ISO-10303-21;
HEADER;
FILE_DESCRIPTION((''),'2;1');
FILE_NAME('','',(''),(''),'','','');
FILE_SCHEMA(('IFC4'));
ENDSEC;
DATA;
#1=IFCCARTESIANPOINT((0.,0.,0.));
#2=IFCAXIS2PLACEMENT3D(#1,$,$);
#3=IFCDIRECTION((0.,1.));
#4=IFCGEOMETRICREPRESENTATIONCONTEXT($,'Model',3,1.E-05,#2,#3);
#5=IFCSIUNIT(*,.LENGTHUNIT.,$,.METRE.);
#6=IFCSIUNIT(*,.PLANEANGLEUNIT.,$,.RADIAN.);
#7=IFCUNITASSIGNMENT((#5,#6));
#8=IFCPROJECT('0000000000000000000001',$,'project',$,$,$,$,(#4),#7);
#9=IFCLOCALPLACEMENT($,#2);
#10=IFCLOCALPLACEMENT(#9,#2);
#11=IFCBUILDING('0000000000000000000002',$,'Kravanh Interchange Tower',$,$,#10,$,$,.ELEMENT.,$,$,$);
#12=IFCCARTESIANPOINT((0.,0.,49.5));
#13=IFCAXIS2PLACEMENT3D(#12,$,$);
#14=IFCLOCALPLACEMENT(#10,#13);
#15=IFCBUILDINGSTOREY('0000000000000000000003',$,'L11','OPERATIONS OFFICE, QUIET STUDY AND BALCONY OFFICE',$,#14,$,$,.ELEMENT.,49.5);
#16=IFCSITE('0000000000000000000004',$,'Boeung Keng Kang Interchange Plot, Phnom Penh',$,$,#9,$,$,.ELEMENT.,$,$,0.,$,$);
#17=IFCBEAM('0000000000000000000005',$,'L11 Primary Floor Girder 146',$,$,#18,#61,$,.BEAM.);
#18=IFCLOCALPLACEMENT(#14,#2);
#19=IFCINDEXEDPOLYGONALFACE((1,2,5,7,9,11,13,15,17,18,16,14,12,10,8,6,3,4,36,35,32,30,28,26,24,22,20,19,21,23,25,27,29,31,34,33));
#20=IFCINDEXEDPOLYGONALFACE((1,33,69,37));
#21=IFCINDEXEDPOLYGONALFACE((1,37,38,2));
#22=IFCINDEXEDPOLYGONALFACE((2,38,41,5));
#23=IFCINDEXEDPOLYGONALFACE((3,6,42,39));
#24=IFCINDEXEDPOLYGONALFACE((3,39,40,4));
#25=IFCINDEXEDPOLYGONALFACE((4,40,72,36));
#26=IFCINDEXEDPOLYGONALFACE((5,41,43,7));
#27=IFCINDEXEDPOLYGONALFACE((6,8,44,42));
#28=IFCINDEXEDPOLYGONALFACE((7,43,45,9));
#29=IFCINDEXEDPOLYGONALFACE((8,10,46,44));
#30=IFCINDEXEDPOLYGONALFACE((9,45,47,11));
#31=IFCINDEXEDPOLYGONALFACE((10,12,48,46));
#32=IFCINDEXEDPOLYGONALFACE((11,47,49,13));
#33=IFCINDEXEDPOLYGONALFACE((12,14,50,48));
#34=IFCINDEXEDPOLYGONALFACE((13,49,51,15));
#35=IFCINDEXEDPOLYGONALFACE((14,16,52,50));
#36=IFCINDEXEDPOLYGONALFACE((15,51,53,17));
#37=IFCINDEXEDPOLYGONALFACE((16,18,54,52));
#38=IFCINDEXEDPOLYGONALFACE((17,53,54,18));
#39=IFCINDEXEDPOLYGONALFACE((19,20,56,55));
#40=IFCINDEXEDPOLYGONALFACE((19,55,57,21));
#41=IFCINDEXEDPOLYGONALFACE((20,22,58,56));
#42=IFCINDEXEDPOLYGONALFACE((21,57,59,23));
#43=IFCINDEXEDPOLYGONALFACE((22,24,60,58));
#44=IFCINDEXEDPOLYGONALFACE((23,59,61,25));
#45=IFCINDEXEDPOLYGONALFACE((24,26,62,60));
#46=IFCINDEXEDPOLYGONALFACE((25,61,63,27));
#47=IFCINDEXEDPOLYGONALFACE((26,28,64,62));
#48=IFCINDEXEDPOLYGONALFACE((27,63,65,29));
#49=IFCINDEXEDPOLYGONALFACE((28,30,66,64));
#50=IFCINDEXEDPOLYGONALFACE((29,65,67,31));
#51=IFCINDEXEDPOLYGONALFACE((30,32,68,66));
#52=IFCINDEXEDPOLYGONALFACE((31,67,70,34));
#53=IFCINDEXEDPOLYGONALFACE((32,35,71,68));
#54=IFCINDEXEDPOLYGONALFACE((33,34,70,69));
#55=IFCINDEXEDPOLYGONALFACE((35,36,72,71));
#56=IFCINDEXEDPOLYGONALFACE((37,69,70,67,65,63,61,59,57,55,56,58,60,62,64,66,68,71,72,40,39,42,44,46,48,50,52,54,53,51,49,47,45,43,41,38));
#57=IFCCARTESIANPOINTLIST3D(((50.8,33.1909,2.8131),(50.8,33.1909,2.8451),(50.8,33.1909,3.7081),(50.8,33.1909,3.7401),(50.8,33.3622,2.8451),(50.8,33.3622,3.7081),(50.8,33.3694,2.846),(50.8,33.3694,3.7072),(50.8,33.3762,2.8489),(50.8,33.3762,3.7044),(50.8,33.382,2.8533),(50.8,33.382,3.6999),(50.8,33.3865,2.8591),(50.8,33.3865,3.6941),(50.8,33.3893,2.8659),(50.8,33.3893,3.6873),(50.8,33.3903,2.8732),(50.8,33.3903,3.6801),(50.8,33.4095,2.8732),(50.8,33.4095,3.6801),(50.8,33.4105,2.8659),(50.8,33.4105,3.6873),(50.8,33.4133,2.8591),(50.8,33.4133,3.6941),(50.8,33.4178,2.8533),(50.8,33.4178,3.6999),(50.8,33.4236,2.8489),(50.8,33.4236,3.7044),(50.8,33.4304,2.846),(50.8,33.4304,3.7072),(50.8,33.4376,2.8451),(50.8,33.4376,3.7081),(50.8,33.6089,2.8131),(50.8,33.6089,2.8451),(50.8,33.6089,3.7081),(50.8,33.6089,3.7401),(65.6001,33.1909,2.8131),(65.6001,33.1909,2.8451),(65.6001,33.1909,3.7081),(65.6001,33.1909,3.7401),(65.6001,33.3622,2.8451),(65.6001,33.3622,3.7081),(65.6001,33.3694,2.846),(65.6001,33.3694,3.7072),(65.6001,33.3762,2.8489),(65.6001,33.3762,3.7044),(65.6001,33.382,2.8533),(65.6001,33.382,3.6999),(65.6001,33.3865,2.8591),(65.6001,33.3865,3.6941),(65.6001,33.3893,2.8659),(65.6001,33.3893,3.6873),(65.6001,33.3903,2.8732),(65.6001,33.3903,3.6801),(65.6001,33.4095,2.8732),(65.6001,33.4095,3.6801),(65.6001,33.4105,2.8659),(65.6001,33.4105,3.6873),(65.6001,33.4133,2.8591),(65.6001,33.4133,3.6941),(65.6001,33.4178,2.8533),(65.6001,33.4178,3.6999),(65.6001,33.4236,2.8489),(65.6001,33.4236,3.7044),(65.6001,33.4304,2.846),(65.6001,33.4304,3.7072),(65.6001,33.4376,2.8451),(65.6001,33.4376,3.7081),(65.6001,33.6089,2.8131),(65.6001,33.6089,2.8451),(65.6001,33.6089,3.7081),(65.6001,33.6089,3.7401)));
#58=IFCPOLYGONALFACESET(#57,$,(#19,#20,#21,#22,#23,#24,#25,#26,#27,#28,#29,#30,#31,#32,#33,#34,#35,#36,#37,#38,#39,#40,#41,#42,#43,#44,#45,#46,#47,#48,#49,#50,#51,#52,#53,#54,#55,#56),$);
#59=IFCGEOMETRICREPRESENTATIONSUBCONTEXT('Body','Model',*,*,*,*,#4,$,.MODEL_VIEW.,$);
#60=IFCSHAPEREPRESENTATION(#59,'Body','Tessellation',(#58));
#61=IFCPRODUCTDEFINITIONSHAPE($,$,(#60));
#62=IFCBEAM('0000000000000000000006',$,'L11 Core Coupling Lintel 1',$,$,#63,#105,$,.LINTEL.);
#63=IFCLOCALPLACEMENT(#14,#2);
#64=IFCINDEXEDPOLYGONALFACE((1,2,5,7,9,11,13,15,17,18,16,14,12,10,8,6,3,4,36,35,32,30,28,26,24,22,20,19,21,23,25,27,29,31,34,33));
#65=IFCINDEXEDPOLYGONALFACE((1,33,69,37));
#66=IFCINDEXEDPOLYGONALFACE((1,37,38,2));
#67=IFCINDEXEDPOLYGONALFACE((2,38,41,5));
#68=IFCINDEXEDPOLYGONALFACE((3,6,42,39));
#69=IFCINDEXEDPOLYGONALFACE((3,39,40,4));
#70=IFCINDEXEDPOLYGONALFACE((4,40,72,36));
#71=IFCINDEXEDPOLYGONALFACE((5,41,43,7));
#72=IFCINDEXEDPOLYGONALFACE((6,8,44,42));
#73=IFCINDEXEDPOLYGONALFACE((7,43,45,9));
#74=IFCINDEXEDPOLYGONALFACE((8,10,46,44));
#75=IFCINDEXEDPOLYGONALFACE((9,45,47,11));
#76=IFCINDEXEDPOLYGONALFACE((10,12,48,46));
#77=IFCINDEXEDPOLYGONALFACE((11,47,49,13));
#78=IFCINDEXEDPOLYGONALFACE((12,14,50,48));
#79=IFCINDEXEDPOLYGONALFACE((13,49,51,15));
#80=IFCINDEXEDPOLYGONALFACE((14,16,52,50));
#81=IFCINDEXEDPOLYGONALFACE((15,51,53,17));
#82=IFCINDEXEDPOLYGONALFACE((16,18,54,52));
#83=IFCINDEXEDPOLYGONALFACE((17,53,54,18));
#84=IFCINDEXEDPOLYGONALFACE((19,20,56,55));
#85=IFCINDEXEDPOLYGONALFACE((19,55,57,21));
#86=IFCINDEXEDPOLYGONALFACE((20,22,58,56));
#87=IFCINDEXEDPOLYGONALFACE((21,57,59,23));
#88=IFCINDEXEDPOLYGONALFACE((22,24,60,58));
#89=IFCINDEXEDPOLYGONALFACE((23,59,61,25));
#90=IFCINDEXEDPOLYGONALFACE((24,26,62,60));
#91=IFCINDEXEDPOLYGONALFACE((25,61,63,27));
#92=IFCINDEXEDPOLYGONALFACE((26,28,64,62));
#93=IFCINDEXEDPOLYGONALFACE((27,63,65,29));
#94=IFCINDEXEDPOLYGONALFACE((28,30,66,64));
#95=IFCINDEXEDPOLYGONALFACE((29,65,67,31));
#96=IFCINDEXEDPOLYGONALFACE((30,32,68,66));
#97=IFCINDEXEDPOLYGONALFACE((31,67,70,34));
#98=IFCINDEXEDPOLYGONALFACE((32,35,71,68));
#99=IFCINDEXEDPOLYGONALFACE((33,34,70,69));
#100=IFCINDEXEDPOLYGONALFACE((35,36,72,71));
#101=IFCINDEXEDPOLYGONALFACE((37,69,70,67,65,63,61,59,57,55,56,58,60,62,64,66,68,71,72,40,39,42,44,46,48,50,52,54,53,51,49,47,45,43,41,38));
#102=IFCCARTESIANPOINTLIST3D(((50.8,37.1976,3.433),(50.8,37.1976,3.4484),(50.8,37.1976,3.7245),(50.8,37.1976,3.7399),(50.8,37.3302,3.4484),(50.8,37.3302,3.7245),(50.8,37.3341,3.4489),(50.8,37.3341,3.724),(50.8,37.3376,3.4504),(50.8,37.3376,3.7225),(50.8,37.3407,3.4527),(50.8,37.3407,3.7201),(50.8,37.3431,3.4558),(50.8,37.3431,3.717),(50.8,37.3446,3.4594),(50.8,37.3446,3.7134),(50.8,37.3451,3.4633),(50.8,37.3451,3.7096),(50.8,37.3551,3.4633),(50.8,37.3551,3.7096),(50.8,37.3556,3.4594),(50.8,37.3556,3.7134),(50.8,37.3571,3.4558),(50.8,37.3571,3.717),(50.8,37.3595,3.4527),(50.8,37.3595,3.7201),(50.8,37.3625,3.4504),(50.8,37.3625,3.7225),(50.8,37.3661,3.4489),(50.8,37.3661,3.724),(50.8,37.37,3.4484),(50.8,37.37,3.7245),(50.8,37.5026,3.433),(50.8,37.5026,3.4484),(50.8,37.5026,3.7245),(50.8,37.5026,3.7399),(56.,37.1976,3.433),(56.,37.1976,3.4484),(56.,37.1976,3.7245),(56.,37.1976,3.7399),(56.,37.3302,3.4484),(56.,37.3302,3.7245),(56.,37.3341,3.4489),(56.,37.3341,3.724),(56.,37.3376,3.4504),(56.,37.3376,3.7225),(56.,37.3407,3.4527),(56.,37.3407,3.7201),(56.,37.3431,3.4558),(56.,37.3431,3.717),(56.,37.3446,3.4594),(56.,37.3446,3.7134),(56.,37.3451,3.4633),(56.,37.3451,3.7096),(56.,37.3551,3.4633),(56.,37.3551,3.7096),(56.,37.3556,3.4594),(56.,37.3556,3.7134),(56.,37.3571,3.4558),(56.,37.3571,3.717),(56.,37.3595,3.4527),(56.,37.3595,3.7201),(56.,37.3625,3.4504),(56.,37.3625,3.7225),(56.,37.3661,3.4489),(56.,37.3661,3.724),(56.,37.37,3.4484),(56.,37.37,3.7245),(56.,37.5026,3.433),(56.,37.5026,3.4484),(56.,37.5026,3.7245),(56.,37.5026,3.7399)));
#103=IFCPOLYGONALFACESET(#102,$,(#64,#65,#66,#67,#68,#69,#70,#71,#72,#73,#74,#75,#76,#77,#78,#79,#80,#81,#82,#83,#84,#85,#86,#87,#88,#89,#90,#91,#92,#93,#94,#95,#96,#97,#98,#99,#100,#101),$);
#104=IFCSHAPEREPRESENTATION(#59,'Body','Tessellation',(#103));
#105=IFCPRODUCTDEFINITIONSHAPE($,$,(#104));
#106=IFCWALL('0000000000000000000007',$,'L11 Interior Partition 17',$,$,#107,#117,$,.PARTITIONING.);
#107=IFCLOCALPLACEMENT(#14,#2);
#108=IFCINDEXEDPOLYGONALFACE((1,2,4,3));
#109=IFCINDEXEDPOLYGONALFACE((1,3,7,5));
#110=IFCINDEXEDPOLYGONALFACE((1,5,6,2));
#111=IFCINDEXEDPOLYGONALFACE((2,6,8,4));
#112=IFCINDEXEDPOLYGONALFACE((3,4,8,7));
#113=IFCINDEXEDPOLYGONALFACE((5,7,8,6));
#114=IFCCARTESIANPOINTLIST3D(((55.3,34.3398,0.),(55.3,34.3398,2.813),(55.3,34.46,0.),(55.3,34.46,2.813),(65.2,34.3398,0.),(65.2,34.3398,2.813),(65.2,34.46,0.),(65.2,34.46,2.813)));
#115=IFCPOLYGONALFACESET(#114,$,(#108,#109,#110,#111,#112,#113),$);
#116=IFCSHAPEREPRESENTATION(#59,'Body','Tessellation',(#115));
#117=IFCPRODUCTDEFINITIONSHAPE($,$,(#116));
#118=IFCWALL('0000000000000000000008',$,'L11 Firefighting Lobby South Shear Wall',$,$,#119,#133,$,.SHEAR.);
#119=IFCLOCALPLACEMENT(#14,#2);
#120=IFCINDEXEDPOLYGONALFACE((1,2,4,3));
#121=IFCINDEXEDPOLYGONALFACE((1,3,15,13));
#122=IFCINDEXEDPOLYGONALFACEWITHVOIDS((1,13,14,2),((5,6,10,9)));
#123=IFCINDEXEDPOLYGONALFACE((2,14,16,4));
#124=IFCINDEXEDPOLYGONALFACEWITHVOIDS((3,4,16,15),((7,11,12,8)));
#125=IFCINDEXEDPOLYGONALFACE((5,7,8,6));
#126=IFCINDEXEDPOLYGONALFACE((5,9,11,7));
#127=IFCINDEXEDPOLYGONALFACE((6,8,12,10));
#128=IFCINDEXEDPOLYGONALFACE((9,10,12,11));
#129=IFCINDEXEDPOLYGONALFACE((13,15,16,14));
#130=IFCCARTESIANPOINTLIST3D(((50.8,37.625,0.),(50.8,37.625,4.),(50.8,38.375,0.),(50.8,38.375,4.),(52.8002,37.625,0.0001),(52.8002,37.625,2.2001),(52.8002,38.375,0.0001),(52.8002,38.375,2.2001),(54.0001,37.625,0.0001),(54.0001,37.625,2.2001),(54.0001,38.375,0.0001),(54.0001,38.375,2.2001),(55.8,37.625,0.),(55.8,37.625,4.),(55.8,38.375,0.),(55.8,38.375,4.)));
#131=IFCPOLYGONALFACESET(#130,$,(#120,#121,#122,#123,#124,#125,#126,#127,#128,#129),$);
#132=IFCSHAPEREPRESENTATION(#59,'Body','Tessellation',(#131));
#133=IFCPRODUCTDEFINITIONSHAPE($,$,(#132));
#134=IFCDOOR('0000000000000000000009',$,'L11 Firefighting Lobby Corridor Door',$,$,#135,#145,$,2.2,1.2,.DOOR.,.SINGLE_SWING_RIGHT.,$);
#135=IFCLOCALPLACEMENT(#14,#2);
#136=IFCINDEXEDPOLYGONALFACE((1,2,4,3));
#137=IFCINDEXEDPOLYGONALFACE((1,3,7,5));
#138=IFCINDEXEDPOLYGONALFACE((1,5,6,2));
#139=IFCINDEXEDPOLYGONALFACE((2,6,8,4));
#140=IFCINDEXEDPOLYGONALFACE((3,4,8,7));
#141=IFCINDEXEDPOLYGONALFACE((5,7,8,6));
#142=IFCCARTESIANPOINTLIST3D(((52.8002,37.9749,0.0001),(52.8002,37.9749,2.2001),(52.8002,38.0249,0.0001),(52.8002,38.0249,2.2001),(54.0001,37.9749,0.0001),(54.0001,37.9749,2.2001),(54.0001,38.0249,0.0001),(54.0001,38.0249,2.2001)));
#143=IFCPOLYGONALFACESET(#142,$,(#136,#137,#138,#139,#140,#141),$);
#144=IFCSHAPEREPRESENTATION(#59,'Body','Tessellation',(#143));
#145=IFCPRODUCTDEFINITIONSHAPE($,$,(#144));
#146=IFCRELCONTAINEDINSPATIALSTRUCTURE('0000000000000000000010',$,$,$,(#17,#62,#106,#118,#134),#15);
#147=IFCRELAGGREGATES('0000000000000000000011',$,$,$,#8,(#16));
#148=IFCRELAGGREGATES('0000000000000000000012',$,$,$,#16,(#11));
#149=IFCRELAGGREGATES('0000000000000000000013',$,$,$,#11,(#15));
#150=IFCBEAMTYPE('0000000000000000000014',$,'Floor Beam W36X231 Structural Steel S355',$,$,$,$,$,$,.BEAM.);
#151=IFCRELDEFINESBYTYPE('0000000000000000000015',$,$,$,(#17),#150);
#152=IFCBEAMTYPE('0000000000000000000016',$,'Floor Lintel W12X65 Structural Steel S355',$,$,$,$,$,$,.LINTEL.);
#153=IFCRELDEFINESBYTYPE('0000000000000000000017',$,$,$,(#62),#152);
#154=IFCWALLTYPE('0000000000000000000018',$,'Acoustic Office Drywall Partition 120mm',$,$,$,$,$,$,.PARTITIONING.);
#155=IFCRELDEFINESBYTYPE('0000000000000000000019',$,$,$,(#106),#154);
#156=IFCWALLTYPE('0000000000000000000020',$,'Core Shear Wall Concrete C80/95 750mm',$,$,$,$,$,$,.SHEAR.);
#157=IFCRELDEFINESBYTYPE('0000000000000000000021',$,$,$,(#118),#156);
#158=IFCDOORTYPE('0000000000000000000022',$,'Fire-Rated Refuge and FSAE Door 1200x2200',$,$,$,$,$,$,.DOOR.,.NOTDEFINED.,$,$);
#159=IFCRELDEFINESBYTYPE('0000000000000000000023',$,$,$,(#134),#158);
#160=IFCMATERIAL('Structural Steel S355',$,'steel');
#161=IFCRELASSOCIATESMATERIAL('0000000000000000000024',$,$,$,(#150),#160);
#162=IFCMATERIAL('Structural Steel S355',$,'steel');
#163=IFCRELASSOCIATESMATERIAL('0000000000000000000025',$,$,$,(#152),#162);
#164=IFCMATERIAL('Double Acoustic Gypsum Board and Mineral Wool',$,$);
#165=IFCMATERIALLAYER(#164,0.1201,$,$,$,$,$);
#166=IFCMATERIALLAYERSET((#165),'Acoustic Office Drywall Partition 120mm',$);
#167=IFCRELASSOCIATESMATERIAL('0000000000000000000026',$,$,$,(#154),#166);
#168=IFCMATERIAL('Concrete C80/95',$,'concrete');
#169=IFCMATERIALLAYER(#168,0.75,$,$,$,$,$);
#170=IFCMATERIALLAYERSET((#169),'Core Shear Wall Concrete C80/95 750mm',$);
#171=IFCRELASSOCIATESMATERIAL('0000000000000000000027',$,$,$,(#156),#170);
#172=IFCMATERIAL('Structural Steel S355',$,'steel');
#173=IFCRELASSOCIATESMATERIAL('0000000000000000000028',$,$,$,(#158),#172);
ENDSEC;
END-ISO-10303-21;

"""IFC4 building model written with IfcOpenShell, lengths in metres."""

from ifc_helpers import new_model, si_unit, direction, frame, frame_2d, origin, origin_2d, place, context, subcontext, project, spatial, rectangle, i_section, extrude, material, layer, layer_set, material_profile, profile_set, type_object, element, fill, save


model = new_model("IFC4")

# Units and contexts
model_context = context("Model", 3, precision=1e-05, world=origin(), true_north=direction((0.0, 1.0)))
body_context = subcontext(model_context, "Body", "Model", "MODEL_VIEW")
ifc_project = project(units=[si_unit("LENGTHUNIT", "METRE"), si_unit("PLANEANGLEUNIT", "RADIAN")], contexts=[model_context])

# Site, building, storey
site_placement = place(None, origin())
site = spatial("IfcSite", under=ifc_project, at=site_placement, Name="Boeung Keng Kang Interchange Plot, Phnom Penh", CompositionType="ELEMENT", RefElevation=0.0)
building_placement = place(site_placement, origin())
building = spatial("IfcBuilding", under=site, at=building_placement, Name="Kravanh Interchange Tower", CompositionType="ELEMENT")
storey_placement = place(building_placement, frame((0.0, 0.0, 49.5)))
storey = spatial("IfcBuildingStorey", under=building, at=storey_placement, Name="L11", Description="OPERATIONS OFFICE, QUIET STUDY AND BALCONY OFFICE", CompositionType="ELEMENT", Elevation=49.5)

# Beams
ifc_material_1 = material(Name="Structural Steel S355", Category="steel")
ifc_material_profile_1 = material_profile(ifc_material_1, i_section(OverallWidth=0.418, OverallDepth=0.927, WebThickness=0.0193, FlangeThickness=0.032, FilletRadius=0.0281, at=origin_2d()), Name="W36X231")
ifc_profile_set_1 = profile_set([ifc_material_profile_1], Name="Structural Steel S355")
beam_type_1 = type_object("IfcBeamType", Name="Floor Beam W36X231 Structural Steel S355", PredefinedType="BEAM", material=ifc_profile_set_1)
beam_1_placement = place(storey_placement, frame((50.8, 33.3999, 3.2766), z_axis=(1.0, 0.0, 0.0), x_axis=(0.0, 1.0, 0.0)))
element("IfcBeam", 1, at=beam_1_placement, inside=storey, type_object=beam_type_1, Name="L11 Primary Floor Girder 146", PredefinedType="BEAM", context=body_context, shape_type="SweptSolid", body=[
    extrude(i_section(OverallWidth=0.418, OverallDepth=0.927, WebThickness=0.0193, FlangeThickness=0.032, FilletRadius=0.0281, at=origin_2d()), origin(), (0.0, 0.0, 1.0), 14.8),
])
ifc_material_2 = material(Name="Structural Steel S355", Category="steel")
ifc_material_profile_2 = material_profile(ifc_material_2, i_section(OverallWidth=0.3049, OverallDepth=0.3069, WebThickness=0.01, FlangeThickness=0.0154, FilletRadius=0.0149, at=origin_2d()), Name="W12X65")
ifc_profile_set_2 = profile_set([ifc_material_profile_2], Name="Structural Steel S355")
beam_type_2 = type_object("IfcBeamType", Name="Floor Lintel W12X65 Structural Steel S355", PredefinedType="LINTEL", material=ifc_profile_set_2)
beam_2_placement = place(storey_placement, frame((50.8, 37.3501, 3.5864), z_axis=(1.0, 0.0, 0.0), x_axis=(0.0, 1.0, 0.0)))
element("IfcBeam", 2, at=beam_2_placement, inside=storey, type_object=beam_type_2, Name="L11 Core Coupling Lintel 1", PredefinedType="LINTEL", context=body_context, shape_type="SweptSolid", body=[
    extrude(i_section(OverallWidth=0.3049, OverallDepth=0.3069, WebThickness=0.01, FlangeThickness=0.0154, FilletRadius=0.0149, at=origin_2d()), origin(), (0.0, 0.0, 1.0), 5.2),
])

# Wall
ifc_material_3 = material(Name="Double Acoustic Gypsum Board and Mineral Wool")
ifc_layer_1 = layer(ifc_material_3, 0.1201)
ifc_layer_set_1 = layer_set([ifc_layer_1], Name="Acoustic Office Drywall Partition 120mm")
wall_type_1 = type_object("IfcWallType", Name="Acoustic Office Drywall Partition 120mm", PredefinedType="PARTITIONING", material=ifc_layer_set_1)
wall_1_placement = place(storey_placement, frame((55.3, 34.3999, 0.0), z_axis=(0.0, 0.0, 1.0), x_axis=(1.0, 0.0, 0.0)))
element("IfcWall", 3, at=wall_1_placement, inside=storey, type_object=wall_type_1, Name="L11 Interior Partition 17", PredefinedType="PARTITIONING", context=body_context, shape_type="SweptSolid", body=[
    extrude(rectangle(XDim=9.8999, YDim=0.1201, at=frame_2d((4.95, 0.0))), origin(), (0.0, 0.0, 1.0), 2.813),
])

# Wall, opening, door
ifc_material_4 = material(Name="Concrete C80/95", Category="concrete")
ifc_layer_2 = layer(ifc_material_4, 0.75)
ifc_layer_set_2 = layer_set([ifc_layer_2], Name="Core Shear Wall Concrete C80/95 750mm")
wall_type_2 = type_object("IfcWallType", Name="Core Shear Wall Concrete C80/95 750mm", PredefinedType="SHEAR", material=ifc_layer_set_2)
wall_2_placement = place(storey_placement, frame((50.8, 38.0, 0.0), z_axis=(0.0, 0.0, 1.0), x_axis=(1.0, 0.0, 0.0)))
wall_2 = element("IfcWall", 4, at=wall_2_placement, inside=storey, type_object=wall_type_2, Name="L11 Firefighting Lobby South Shear Wall", PredefinedType="SHEAR", context=body_context, shape_type="SweptSolid", body=[
    extrude(rectangle(XDim=5.0, YDim=0.75, at=frame_2d((2.5, 0.0))), origin(), (0.0, 0.0, 1.0), 4.0),
])
opening_1_placement = place(wall_2_placement, frame((2.0, 0.0, 0.0)))
opening_1 = element("IfcOpeningElement", 5, at=opening_1_placement, cuts=wall_2, PredefinedType="OPENING", context=body_context, shape_type="SweptSolid", body=[
    extrude(rectangle(XDim=1.2, YDim=2.2, at=frame_2d((0.6001, 1.1001))), frame((0.0, 0.385, 0.0), z_axis=(0.0, -1.0, 0.0), x_axis=(1.0, 0.0, 0.0)), (0.0, 0.0, 1.0), 0.77),
])
ifc_material_5 = material(Name="Structural Steel S355", Category="steel")
door_type_1 = type_object("IfcDoorType", Name="Fire-Rated Refuge and FSAE Door 1200x2200", OperationType="NOTDEFINED", PredefinedType="DOOR", material=ifc_material_5)
door_1_placement = place(opening_1_placement, origin())
door_1 = element("IfcDoor", 6, at=door_1_placement, inside=storey, type_object=door_type_1, Name="L11 Firefighting Lobby Corridor Door", OperationType="SINGLE_SWING_RIGHT", OverallHeight=2.2, OverallWidth=1.2, PredefinedType="DOOR", context=body_context, shape_type="SweptSolid", body=[
    extrude(rectangle(XDim=1.2, YDim=2.2, at=frame_2d((0.6001, 1.1001))), frame((0.0, 0.0249, 0.0), z_axis=(0.0, -1.0, 0.0), x_axis=(1.0, 0.0, 0.0)), (0.0, 0.0, 1.0), 0.05),
])
fill(opening_1, door_1)

save(model, "model.ifc")
